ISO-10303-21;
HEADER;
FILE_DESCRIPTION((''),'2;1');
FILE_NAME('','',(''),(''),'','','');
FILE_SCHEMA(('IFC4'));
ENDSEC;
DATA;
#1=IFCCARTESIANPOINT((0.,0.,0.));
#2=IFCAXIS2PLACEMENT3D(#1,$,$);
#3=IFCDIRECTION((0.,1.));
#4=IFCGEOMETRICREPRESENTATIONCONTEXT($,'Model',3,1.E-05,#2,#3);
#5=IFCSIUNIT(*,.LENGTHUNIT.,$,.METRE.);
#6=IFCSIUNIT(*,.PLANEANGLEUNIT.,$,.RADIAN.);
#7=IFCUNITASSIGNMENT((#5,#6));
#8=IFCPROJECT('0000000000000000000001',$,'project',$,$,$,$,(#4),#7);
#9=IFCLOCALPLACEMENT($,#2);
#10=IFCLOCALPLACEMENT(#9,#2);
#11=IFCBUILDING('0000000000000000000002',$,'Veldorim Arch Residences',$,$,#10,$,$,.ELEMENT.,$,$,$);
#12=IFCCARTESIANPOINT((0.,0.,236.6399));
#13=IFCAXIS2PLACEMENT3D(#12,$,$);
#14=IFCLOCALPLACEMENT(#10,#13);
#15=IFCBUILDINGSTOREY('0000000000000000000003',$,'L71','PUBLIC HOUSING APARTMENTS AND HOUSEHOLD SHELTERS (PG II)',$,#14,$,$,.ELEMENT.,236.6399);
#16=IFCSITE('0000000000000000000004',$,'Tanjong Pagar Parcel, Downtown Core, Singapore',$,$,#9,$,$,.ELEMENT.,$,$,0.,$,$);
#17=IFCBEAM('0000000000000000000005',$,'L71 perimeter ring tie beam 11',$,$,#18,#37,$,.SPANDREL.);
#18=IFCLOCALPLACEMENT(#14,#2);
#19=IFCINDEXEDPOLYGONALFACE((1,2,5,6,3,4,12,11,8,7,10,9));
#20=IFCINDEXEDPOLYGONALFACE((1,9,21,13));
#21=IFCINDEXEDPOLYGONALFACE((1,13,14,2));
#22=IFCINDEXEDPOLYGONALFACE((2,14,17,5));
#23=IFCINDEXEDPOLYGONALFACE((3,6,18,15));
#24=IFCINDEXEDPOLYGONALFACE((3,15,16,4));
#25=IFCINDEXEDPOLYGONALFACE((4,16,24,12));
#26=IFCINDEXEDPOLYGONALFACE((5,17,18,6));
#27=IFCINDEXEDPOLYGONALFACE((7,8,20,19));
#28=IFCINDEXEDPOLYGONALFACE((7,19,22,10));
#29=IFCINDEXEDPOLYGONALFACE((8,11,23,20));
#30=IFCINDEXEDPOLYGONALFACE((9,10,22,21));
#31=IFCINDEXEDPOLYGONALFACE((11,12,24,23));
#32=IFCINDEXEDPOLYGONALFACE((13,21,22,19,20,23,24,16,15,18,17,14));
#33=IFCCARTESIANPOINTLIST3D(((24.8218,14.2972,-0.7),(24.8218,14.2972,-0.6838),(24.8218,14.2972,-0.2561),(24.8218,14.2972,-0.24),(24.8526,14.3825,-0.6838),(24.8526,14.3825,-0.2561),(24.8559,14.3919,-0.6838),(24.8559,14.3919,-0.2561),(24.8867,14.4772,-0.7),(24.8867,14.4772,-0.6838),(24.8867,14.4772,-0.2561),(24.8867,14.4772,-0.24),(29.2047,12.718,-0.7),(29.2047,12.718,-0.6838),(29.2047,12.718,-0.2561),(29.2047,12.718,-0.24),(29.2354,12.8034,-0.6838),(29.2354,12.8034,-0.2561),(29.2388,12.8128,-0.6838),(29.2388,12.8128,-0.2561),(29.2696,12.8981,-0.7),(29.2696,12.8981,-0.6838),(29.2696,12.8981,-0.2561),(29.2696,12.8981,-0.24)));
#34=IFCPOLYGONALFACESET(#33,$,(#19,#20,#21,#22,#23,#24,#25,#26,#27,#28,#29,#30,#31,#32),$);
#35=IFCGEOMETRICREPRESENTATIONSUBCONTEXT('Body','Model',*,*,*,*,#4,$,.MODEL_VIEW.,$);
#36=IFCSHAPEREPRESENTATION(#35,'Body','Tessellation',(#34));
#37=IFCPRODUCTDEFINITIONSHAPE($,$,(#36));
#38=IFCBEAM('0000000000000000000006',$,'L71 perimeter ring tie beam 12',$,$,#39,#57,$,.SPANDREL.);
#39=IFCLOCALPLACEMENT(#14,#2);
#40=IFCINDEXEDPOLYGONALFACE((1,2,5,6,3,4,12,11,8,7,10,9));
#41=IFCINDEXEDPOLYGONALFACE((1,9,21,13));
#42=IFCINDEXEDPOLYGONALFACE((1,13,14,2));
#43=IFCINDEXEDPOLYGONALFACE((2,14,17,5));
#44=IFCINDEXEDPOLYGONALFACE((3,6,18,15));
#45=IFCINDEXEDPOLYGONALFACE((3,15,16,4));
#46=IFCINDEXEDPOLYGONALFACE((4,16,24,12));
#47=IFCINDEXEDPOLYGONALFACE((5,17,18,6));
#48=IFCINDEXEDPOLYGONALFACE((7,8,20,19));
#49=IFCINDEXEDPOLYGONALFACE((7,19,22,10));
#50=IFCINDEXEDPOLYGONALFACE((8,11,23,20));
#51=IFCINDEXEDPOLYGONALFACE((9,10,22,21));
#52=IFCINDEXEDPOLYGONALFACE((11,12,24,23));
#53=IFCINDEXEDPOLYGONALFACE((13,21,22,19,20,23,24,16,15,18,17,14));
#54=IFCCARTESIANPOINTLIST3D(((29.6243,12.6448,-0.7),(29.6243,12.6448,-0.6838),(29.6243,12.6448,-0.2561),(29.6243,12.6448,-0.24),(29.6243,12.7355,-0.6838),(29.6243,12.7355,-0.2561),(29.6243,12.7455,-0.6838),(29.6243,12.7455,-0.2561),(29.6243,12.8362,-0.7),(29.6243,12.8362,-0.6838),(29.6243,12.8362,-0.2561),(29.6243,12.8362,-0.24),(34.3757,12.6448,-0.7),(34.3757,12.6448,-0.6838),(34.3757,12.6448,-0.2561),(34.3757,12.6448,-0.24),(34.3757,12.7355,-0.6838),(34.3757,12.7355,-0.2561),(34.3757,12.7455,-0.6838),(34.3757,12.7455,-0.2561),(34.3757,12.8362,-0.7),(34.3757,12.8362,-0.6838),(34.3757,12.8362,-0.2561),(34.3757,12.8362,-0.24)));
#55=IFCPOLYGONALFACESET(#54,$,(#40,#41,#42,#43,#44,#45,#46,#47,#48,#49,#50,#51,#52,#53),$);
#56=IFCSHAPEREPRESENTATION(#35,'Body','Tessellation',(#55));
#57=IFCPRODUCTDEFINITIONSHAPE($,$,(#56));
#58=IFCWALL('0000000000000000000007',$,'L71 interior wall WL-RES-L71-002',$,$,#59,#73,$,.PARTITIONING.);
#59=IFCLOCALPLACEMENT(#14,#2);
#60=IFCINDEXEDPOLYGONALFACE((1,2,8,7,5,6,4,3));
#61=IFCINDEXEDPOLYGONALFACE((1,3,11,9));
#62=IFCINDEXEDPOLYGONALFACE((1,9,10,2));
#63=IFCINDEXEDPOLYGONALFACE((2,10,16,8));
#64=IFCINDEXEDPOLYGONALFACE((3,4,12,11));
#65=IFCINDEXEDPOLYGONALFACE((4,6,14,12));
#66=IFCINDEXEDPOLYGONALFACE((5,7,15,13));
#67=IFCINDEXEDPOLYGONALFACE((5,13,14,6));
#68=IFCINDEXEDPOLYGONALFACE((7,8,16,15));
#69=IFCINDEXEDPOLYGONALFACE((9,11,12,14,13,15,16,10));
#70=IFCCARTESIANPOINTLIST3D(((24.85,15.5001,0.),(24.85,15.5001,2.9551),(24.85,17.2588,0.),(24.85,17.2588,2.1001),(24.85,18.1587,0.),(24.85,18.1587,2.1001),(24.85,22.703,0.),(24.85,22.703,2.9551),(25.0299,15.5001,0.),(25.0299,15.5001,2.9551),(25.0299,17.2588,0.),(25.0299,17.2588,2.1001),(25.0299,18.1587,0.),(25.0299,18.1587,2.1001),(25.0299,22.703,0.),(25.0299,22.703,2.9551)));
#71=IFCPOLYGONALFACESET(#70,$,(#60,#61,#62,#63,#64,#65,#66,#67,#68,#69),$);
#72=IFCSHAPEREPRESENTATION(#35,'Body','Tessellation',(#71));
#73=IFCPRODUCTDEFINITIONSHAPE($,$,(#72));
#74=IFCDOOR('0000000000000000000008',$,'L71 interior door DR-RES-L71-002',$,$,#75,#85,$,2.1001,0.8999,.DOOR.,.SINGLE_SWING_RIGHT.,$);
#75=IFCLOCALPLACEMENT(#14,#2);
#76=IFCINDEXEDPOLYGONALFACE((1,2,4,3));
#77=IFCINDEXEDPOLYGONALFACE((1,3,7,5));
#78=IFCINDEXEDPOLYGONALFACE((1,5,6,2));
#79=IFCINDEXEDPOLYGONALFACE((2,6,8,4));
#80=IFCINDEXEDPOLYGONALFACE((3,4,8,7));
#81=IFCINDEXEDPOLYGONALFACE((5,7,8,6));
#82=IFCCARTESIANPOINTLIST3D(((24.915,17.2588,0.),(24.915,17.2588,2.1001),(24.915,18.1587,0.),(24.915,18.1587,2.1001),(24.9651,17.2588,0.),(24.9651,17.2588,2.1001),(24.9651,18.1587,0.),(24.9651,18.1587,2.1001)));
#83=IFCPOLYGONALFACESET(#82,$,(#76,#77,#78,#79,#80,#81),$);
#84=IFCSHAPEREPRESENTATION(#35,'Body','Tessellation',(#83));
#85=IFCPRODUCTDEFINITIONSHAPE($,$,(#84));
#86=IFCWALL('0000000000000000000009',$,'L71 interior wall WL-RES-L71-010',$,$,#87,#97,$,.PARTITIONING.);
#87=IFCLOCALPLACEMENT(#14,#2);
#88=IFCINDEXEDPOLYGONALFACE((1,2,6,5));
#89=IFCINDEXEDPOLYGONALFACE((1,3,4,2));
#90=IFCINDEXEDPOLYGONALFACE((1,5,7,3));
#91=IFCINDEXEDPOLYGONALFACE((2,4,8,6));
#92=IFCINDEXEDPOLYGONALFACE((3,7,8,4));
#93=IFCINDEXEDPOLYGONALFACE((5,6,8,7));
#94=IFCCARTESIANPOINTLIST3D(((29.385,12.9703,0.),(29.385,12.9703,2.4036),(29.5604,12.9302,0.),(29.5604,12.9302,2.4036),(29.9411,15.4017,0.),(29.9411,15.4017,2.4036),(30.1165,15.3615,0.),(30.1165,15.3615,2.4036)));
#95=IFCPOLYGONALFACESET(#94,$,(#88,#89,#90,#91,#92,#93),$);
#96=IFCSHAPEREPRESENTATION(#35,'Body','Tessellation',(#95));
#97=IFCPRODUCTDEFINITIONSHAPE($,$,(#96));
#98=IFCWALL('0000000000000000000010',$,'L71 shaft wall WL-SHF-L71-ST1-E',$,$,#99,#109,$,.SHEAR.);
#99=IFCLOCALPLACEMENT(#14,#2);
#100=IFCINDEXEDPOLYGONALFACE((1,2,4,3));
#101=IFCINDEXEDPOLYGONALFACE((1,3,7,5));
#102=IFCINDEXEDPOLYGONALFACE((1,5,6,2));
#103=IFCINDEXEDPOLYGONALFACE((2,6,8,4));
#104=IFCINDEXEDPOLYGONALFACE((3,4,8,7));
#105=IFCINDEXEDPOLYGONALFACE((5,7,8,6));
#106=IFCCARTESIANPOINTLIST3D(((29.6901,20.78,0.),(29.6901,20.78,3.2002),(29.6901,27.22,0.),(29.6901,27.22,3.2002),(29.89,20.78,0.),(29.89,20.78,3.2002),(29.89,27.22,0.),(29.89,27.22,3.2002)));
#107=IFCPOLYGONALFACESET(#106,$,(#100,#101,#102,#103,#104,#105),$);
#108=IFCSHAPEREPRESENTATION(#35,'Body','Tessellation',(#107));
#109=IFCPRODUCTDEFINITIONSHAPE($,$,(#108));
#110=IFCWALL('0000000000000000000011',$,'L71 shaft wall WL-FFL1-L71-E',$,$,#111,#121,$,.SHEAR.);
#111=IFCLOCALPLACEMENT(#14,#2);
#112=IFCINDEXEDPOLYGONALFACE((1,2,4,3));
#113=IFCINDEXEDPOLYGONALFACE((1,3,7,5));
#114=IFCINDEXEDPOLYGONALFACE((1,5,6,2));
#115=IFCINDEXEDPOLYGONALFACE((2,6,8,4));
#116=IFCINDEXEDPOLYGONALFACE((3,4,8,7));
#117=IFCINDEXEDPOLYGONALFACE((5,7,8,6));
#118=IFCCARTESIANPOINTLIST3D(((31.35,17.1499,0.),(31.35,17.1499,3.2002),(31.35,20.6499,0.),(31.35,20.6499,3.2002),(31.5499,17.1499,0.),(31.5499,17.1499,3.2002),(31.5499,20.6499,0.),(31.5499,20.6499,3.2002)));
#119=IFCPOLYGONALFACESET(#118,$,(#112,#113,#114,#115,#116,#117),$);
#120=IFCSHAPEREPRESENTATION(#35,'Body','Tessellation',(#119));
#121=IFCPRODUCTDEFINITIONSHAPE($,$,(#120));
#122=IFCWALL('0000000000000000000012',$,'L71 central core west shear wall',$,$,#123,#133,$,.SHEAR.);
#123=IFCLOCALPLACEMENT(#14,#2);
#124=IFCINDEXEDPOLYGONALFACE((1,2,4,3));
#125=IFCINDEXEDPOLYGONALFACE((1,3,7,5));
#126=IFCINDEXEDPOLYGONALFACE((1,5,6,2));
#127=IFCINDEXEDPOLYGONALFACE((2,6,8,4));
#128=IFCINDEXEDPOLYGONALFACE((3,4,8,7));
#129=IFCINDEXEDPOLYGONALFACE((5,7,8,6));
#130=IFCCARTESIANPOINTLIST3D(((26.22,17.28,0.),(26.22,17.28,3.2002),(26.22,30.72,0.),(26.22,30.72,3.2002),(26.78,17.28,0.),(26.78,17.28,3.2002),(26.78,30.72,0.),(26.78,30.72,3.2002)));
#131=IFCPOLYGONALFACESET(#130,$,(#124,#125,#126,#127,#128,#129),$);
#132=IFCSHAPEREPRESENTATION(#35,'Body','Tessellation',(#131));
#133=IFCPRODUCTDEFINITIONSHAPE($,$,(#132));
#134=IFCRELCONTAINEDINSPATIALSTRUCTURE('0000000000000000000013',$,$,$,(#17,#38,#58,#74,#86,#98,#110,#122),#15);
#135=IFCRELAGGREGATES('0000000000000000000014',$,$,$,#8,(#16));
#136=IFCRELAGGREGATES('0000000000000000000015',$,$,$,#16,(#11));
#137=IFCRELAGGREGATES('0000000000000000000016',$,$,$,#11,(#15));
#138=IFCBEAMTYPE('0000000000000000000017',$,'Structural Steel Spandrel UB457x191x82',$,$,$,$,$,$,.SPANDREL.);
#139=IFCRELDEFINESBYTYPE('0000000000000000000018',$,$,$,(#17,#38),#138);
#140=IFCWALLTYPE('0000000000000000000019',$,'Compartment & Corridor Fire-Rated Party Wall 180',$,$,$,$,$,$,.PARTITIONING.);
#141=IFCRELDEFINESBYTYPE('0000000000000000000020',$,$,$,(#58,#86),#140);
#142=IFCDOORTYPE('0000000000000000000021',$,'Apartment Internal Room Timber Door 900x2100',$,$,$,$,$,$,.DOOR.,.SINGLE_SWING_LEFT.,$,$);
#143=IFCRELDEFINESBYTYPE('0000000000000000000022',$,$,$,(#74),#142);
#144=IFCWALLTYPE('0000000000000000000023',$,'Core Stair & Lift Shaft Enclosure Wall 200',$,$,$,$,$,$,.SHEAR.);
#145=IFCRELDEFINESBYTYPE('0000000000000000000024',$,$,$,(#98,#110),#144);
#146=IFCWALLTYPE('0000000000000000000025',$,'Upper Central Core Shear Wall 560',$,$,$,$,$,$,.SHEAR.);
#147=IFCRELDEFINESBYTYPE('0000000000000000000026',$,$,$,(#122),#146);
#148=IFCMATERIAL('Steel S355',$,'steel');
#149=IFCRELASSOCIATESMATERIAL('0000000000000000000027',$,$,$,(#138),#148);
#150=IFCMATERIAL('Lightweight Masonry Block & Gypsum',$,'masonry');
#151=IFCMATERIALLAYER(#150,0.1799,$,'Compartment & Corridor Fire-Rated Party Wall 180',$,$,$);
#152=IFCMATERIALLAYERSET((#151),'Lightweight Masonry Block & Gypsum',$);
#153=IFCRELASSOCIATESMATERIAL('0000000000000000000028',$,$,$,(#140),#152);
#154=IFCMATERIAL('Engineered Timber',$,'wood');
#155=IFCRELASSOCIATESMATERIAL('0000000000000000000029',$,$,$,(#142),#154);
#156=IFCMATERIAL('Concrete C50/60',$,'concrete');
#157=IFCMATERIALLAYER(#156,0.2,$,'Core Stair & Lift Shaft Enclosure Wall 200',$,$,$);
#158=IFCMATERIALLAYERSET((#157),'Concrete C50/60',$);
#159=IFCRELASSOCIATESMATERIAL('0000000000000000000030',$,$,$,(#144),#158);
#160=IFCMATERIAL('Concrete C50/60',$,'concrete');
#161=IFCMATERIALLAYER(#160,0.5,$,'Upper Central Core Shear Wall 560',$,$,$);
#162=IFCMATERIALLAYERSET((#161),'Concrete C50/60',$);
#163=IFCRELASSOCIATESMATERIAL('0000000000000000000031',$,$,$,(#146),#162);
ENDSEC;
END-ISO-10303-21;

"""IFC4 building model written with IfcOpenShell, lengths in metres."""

from ifc_helpers import new_model, si_unit, direction, frame, frame_2d, origin, origin_2d, place, context, subcontext, project, spatial, rectangle, i_section, extrude, material, layer, layer_set, material_profile, profile_set, type_object, element, fill, save


model = new_model("IFC4")

# Units and contexts
model_context = context("Model", 3, precision=1e-05, world=origin(), true_north=direction((0.0, 1.0)))
body_context = subcontext(model_context, "Body", "Model", "MODEL_VIEW")
ifc_project = project(units=[si_unit("LENGTHUNIT", "METRE"), si_unit("PLANEANGLEUNIT", "RADIAN")], contexts=[model_context])

# Site, building, storey
site_placement = place(None, origin())
site = spatial("IfcSite", under=ifc_project, at=site_placement, Name="Tanjong Pagar Parcel, Downtown Core, Singapore", CompositionType="ELEMENT", RefElevation=0.0)
building_placement = place(site_placement, origin())
building = spatial("IfcBuilding", under=site, at=building_placement, Name="Veldorim Arch Residences", CompositionType="ELEMENT")
storey_placement = place(building_placement, frame((0.0, 0.0, 236.6399)))
storey = spatial("IfcBuildingStorey", under=building, at=storey_placement, Name="L71", Description="PUBLIC HOUSING APARTMENTS AND HOUSEHOLD SHELTERS (PG II)", CompositionType="ELEMENT", Elevation=236.6399)

# Beams
ifc_material_1 = material(Name="Steel S355", Category="steel")
ifc_material_profile_1 = material_profile(ifc_material_1, i_section(OverallWidth=0.1914, OverallDepth=0.46, WebThickness=0.01, FlangeThickness=0.0161, at=origin_2d()), Name="UB457x191x82")
ifc_profile_set_1 = profile_set([ifc_material_profile_1], Name="Steel S355")
beam_type_1 = type_object("IfcBeamType", Name="Structural Steel Spandrel UB457x191x82", PredefinedType="SPANDREL", material=ifc_profile_set_1)
beam_1_placement = place(storey_placement, frame((24.8542, 14.3872, -0.47), z_axis=(0.940799, -0.338964, 0.0), x_axis=(0.338964, 0.940799, 0.0)))
element("IfcBeam", 1, at=beam_1_placement, inside=storey, type_object=beam_type_1, Name="L71 perimeter ring tie beam 11", PredefinedType="SPANDREL", context=body_context, shape_type="SweptSolid", body=[
    extrude(i_section(OverallWidth=0.1914, OverallDepth=0.46, WebThickness=0.01, FlangeThickness=0.0161, at=origin_2d()), origin(), (0.0, 0.0, 1.0), 4.6587),
])
beam_2_placement = place(storey_placement, frame((29.6243, 12.7405, -0.47), z_axis=(1.0, 0.0, 0.0), x_axis=(0.0, 1.0, 0.0)))
element("IfcBeam", 2, at=beam_2_placement, inside=storey, type_object=beam_type_1, Name="L71 perimeter ring tie beam 12", PredefinedType="SPANDREL", context=body_context, shape_type="SweptSolid", body=[
    extrude(i_section(OverallWidth=0.1914, OverallDepth=0.46, WebThickness=0.01, FlangeThickness=0.0161, at=origin_2d()), origin(), (0.0, 0.0, 1.0), 4.7515),
])

# Wall, opening, door
ifc_material_2 = material(Name="Lightweight Masonry Block & Gypsum", Category="masonry")
ifc_layer_1 = layer(ifc_material_2, 0.1799, Name="Compartment & Corridor Fire-Rated Party Wall 180")
ifc_layer_set_1 = layer_set([ifc_layer_1], Name="Lightweight Masonry Block & Gypsum")
wall_type_1 = type_object("IfcWallType", Name="Compartment & Corridor Fire-Rated Party Wall 180", PredefinedType="PARTITIONING", material=ifc_layer_set_1)
wall_1_placement = place(storey_placement, frame((24.9399, 15.5, 0.0), z_axis=(0.0, 0.0, 1.0), x_axis=(0.0, 1.0, 0.0)))
wall_1 = element("IfcWall", 3, at=wall_1_placement, inside=storey, type_object=wall_type_1, Name="L71 interior wall WL-RES-L71-002", PredefinedType="PARTITIONING", context=body_context, shape_type="SweptSolid", body=[
    extrude(rectangle(XDim=7.2029, YDim=0.1799, at=frame_2d((3.6016, 0.0))), origin(), (0.0, 0.0, 1.0), 2.9551),
])
opening_1_placement = place(wall_1_placement, frame((1.7588, 0.0, 0.0)))
opening_1 = element("IfcOpeningElement", 4, at=opening_1_placement, cuts=wall_1, PredefinedType="OPENING", context=body_context, shape_type="SweptSolid", body=[
    extrude(rectangle(XDim=0.8999, YDim=2.1001, at=frame_2d((0.45, 1.05))), frame((0.0, 0.0999, 0.0), z_axis=(0.0, -1.0, 0.0), x_axis=(1.0, 0.0, 0.0)), (0.0, 0.0, 1.0), 0.2),
])
ifc_material_3 = material(Name="Engineered Timber", Category="wood")
door_type_1 = type_object("IfcDoorType", Name="Apartment Internal Room Timber Door 900x2100", OperationType="SINGLE_SWING_LEFT", PredefinedType="DOOR", material=ifc_material_3)
door_1_placement = place(opening_1_placement, origin())
door_1 = element("IfcDoor", 5, at=door_1_placement, inside=storey, type_object=door_type_1, Name="L71 interior door DR-RES-L71-002", OperationType="SINGLE_SWING_RIGHT", OverallHeight=2.1001, OverallWidth=0.8999, PredefinedType="DOOR", context=body_context, shape_type="SweptSolid", body=[
    extrude(rectangle(XDim=0.8999, YDim=2.1001, at=frame_2d((0.45, 1.05))), frame((0.0, 0.0249, 0.0), z_axis=(0.0, -1.0, 0.0), x_axis=(1.0, 0.0, 0.0)), (0.0, 0.0, 1.0), 0.05),
])
fill(opening_1, door_1)

# Walls
wall_2_placement = place(storey_placement, frame((30.0288, 15.3816, 0.0), z_axis=(0.0, 0.0, 1.0), x_axis=(-0.222979, -0.974823, 0.0)))
element("IfcWall", 6, at=wall_2_placement, inside=storey, type_object=wall_type_1, Name="L71 interior wall WL-RES-L71-010", PredefinedType="PARTITIONING", context=body_context, shape_type="SweptSolid", body=[
    extrude(rectangle(XDim=2.4941, YDim=0.1799, at=frame_2d((1.2471, 0.0))), origin(), (0.0, 0.0, 1.0), 2.4036),
])
ifc_material_4 = material(Name="Concrete C50/60", Category="concrete")
ifc_layer_2 = layer(ifc_material_4, 0.2, Name="Core Stair & Lift Shaft Enclosure Wall 200")
ifc_layer_set_2 = layer_set([ifc_layer_2], Name="Concrete C50/60")
wall_type_2 = type_object("IfcWallType", Name="Core Stair & Lift Shaft Enclosure Wall 200", PredefinedType="SHEAR", material=ifc_layer_set_2)
wall_3_placement = place(storey_placement, frame((29.79, 20.78, 0.0), z_axis=(0.0, 0.0, 1.0), x_axis=(0.0, 1.0, 0.0)))
element("IfcWall", 7, at=wall_3_placement, inside=storey, type_object=wall_type_2, Name="L71 shaft wall WL-SHF-L71-ST1-E", PredefinedType="SHEAR", context=body_context, shape_type="SweptSolid", body=[
    extrude(rectangle(XDim=6.4399, YDim=0.2, at=frame_2d((3.22, 0.0))), origin(), (0.0, 0.0, 1.0), 3.2002),
])

# Wall
wall_4_placement = place(storey_placement, frame((31.45, 17.1499, 0.0), z_axis=(0.0, 0.0, 1.0), x_axis=(0.0, 1.0, 0.0)))
element("IfcWall", 8, at=wall_4_placement, inside=storey, type_object=wall_type_2, Name="L71 shaft wall WL-FFL1-L71-E", PredefinedType="SHEAR", context=body_context, shape_type="SweptSolid", body=[
    extrude(rectangle(XDim=3.5, YDim=0.2, at=frame_2d((1.75, 0.0))), origin(), (0.0, 0.0, 1.0), 3.2002),
])

# Shared definitions
ifc_material_5 = material(Name="Concrete C50/60", Category="concrete")
ifc_layer_3 = layer(ifc_material_5, 0.5, Name="Upper Central Core Shear Wall 560")
ifc_layer_set_3 = layer_set([ifc_layer_3], Name="Concrete C50/60")
wall_type_3 = type_object("IfcWallType", Name="Upper Central Core Shear Wall 560", PredefinedType="SHEAR", material=ifc_layer_set_3)

# Wall
wall_5_placement = place(storey_placement, frame((26.5, 17.28, 0.0), z_axis=(0.0, 0.0, 1.0), x_axis=(0.0, 1.0, 0.0)))
element("IfcWall", 9, at=wall_5_placement, inside=storey, type_object=wall_type_3, Name="L71 central core west shear wall", PredefinedType="SHEAR", context=body_context, shape_type="SweptSolid", body=[
    extrude(rectangle(XDim=13.4399, YDim=0.5601, at=frame_2d((6.72, 0.0))), origin(), (0.0, 0.0, 1.0), 3.2002),
])

save(model, "model.ifc")
